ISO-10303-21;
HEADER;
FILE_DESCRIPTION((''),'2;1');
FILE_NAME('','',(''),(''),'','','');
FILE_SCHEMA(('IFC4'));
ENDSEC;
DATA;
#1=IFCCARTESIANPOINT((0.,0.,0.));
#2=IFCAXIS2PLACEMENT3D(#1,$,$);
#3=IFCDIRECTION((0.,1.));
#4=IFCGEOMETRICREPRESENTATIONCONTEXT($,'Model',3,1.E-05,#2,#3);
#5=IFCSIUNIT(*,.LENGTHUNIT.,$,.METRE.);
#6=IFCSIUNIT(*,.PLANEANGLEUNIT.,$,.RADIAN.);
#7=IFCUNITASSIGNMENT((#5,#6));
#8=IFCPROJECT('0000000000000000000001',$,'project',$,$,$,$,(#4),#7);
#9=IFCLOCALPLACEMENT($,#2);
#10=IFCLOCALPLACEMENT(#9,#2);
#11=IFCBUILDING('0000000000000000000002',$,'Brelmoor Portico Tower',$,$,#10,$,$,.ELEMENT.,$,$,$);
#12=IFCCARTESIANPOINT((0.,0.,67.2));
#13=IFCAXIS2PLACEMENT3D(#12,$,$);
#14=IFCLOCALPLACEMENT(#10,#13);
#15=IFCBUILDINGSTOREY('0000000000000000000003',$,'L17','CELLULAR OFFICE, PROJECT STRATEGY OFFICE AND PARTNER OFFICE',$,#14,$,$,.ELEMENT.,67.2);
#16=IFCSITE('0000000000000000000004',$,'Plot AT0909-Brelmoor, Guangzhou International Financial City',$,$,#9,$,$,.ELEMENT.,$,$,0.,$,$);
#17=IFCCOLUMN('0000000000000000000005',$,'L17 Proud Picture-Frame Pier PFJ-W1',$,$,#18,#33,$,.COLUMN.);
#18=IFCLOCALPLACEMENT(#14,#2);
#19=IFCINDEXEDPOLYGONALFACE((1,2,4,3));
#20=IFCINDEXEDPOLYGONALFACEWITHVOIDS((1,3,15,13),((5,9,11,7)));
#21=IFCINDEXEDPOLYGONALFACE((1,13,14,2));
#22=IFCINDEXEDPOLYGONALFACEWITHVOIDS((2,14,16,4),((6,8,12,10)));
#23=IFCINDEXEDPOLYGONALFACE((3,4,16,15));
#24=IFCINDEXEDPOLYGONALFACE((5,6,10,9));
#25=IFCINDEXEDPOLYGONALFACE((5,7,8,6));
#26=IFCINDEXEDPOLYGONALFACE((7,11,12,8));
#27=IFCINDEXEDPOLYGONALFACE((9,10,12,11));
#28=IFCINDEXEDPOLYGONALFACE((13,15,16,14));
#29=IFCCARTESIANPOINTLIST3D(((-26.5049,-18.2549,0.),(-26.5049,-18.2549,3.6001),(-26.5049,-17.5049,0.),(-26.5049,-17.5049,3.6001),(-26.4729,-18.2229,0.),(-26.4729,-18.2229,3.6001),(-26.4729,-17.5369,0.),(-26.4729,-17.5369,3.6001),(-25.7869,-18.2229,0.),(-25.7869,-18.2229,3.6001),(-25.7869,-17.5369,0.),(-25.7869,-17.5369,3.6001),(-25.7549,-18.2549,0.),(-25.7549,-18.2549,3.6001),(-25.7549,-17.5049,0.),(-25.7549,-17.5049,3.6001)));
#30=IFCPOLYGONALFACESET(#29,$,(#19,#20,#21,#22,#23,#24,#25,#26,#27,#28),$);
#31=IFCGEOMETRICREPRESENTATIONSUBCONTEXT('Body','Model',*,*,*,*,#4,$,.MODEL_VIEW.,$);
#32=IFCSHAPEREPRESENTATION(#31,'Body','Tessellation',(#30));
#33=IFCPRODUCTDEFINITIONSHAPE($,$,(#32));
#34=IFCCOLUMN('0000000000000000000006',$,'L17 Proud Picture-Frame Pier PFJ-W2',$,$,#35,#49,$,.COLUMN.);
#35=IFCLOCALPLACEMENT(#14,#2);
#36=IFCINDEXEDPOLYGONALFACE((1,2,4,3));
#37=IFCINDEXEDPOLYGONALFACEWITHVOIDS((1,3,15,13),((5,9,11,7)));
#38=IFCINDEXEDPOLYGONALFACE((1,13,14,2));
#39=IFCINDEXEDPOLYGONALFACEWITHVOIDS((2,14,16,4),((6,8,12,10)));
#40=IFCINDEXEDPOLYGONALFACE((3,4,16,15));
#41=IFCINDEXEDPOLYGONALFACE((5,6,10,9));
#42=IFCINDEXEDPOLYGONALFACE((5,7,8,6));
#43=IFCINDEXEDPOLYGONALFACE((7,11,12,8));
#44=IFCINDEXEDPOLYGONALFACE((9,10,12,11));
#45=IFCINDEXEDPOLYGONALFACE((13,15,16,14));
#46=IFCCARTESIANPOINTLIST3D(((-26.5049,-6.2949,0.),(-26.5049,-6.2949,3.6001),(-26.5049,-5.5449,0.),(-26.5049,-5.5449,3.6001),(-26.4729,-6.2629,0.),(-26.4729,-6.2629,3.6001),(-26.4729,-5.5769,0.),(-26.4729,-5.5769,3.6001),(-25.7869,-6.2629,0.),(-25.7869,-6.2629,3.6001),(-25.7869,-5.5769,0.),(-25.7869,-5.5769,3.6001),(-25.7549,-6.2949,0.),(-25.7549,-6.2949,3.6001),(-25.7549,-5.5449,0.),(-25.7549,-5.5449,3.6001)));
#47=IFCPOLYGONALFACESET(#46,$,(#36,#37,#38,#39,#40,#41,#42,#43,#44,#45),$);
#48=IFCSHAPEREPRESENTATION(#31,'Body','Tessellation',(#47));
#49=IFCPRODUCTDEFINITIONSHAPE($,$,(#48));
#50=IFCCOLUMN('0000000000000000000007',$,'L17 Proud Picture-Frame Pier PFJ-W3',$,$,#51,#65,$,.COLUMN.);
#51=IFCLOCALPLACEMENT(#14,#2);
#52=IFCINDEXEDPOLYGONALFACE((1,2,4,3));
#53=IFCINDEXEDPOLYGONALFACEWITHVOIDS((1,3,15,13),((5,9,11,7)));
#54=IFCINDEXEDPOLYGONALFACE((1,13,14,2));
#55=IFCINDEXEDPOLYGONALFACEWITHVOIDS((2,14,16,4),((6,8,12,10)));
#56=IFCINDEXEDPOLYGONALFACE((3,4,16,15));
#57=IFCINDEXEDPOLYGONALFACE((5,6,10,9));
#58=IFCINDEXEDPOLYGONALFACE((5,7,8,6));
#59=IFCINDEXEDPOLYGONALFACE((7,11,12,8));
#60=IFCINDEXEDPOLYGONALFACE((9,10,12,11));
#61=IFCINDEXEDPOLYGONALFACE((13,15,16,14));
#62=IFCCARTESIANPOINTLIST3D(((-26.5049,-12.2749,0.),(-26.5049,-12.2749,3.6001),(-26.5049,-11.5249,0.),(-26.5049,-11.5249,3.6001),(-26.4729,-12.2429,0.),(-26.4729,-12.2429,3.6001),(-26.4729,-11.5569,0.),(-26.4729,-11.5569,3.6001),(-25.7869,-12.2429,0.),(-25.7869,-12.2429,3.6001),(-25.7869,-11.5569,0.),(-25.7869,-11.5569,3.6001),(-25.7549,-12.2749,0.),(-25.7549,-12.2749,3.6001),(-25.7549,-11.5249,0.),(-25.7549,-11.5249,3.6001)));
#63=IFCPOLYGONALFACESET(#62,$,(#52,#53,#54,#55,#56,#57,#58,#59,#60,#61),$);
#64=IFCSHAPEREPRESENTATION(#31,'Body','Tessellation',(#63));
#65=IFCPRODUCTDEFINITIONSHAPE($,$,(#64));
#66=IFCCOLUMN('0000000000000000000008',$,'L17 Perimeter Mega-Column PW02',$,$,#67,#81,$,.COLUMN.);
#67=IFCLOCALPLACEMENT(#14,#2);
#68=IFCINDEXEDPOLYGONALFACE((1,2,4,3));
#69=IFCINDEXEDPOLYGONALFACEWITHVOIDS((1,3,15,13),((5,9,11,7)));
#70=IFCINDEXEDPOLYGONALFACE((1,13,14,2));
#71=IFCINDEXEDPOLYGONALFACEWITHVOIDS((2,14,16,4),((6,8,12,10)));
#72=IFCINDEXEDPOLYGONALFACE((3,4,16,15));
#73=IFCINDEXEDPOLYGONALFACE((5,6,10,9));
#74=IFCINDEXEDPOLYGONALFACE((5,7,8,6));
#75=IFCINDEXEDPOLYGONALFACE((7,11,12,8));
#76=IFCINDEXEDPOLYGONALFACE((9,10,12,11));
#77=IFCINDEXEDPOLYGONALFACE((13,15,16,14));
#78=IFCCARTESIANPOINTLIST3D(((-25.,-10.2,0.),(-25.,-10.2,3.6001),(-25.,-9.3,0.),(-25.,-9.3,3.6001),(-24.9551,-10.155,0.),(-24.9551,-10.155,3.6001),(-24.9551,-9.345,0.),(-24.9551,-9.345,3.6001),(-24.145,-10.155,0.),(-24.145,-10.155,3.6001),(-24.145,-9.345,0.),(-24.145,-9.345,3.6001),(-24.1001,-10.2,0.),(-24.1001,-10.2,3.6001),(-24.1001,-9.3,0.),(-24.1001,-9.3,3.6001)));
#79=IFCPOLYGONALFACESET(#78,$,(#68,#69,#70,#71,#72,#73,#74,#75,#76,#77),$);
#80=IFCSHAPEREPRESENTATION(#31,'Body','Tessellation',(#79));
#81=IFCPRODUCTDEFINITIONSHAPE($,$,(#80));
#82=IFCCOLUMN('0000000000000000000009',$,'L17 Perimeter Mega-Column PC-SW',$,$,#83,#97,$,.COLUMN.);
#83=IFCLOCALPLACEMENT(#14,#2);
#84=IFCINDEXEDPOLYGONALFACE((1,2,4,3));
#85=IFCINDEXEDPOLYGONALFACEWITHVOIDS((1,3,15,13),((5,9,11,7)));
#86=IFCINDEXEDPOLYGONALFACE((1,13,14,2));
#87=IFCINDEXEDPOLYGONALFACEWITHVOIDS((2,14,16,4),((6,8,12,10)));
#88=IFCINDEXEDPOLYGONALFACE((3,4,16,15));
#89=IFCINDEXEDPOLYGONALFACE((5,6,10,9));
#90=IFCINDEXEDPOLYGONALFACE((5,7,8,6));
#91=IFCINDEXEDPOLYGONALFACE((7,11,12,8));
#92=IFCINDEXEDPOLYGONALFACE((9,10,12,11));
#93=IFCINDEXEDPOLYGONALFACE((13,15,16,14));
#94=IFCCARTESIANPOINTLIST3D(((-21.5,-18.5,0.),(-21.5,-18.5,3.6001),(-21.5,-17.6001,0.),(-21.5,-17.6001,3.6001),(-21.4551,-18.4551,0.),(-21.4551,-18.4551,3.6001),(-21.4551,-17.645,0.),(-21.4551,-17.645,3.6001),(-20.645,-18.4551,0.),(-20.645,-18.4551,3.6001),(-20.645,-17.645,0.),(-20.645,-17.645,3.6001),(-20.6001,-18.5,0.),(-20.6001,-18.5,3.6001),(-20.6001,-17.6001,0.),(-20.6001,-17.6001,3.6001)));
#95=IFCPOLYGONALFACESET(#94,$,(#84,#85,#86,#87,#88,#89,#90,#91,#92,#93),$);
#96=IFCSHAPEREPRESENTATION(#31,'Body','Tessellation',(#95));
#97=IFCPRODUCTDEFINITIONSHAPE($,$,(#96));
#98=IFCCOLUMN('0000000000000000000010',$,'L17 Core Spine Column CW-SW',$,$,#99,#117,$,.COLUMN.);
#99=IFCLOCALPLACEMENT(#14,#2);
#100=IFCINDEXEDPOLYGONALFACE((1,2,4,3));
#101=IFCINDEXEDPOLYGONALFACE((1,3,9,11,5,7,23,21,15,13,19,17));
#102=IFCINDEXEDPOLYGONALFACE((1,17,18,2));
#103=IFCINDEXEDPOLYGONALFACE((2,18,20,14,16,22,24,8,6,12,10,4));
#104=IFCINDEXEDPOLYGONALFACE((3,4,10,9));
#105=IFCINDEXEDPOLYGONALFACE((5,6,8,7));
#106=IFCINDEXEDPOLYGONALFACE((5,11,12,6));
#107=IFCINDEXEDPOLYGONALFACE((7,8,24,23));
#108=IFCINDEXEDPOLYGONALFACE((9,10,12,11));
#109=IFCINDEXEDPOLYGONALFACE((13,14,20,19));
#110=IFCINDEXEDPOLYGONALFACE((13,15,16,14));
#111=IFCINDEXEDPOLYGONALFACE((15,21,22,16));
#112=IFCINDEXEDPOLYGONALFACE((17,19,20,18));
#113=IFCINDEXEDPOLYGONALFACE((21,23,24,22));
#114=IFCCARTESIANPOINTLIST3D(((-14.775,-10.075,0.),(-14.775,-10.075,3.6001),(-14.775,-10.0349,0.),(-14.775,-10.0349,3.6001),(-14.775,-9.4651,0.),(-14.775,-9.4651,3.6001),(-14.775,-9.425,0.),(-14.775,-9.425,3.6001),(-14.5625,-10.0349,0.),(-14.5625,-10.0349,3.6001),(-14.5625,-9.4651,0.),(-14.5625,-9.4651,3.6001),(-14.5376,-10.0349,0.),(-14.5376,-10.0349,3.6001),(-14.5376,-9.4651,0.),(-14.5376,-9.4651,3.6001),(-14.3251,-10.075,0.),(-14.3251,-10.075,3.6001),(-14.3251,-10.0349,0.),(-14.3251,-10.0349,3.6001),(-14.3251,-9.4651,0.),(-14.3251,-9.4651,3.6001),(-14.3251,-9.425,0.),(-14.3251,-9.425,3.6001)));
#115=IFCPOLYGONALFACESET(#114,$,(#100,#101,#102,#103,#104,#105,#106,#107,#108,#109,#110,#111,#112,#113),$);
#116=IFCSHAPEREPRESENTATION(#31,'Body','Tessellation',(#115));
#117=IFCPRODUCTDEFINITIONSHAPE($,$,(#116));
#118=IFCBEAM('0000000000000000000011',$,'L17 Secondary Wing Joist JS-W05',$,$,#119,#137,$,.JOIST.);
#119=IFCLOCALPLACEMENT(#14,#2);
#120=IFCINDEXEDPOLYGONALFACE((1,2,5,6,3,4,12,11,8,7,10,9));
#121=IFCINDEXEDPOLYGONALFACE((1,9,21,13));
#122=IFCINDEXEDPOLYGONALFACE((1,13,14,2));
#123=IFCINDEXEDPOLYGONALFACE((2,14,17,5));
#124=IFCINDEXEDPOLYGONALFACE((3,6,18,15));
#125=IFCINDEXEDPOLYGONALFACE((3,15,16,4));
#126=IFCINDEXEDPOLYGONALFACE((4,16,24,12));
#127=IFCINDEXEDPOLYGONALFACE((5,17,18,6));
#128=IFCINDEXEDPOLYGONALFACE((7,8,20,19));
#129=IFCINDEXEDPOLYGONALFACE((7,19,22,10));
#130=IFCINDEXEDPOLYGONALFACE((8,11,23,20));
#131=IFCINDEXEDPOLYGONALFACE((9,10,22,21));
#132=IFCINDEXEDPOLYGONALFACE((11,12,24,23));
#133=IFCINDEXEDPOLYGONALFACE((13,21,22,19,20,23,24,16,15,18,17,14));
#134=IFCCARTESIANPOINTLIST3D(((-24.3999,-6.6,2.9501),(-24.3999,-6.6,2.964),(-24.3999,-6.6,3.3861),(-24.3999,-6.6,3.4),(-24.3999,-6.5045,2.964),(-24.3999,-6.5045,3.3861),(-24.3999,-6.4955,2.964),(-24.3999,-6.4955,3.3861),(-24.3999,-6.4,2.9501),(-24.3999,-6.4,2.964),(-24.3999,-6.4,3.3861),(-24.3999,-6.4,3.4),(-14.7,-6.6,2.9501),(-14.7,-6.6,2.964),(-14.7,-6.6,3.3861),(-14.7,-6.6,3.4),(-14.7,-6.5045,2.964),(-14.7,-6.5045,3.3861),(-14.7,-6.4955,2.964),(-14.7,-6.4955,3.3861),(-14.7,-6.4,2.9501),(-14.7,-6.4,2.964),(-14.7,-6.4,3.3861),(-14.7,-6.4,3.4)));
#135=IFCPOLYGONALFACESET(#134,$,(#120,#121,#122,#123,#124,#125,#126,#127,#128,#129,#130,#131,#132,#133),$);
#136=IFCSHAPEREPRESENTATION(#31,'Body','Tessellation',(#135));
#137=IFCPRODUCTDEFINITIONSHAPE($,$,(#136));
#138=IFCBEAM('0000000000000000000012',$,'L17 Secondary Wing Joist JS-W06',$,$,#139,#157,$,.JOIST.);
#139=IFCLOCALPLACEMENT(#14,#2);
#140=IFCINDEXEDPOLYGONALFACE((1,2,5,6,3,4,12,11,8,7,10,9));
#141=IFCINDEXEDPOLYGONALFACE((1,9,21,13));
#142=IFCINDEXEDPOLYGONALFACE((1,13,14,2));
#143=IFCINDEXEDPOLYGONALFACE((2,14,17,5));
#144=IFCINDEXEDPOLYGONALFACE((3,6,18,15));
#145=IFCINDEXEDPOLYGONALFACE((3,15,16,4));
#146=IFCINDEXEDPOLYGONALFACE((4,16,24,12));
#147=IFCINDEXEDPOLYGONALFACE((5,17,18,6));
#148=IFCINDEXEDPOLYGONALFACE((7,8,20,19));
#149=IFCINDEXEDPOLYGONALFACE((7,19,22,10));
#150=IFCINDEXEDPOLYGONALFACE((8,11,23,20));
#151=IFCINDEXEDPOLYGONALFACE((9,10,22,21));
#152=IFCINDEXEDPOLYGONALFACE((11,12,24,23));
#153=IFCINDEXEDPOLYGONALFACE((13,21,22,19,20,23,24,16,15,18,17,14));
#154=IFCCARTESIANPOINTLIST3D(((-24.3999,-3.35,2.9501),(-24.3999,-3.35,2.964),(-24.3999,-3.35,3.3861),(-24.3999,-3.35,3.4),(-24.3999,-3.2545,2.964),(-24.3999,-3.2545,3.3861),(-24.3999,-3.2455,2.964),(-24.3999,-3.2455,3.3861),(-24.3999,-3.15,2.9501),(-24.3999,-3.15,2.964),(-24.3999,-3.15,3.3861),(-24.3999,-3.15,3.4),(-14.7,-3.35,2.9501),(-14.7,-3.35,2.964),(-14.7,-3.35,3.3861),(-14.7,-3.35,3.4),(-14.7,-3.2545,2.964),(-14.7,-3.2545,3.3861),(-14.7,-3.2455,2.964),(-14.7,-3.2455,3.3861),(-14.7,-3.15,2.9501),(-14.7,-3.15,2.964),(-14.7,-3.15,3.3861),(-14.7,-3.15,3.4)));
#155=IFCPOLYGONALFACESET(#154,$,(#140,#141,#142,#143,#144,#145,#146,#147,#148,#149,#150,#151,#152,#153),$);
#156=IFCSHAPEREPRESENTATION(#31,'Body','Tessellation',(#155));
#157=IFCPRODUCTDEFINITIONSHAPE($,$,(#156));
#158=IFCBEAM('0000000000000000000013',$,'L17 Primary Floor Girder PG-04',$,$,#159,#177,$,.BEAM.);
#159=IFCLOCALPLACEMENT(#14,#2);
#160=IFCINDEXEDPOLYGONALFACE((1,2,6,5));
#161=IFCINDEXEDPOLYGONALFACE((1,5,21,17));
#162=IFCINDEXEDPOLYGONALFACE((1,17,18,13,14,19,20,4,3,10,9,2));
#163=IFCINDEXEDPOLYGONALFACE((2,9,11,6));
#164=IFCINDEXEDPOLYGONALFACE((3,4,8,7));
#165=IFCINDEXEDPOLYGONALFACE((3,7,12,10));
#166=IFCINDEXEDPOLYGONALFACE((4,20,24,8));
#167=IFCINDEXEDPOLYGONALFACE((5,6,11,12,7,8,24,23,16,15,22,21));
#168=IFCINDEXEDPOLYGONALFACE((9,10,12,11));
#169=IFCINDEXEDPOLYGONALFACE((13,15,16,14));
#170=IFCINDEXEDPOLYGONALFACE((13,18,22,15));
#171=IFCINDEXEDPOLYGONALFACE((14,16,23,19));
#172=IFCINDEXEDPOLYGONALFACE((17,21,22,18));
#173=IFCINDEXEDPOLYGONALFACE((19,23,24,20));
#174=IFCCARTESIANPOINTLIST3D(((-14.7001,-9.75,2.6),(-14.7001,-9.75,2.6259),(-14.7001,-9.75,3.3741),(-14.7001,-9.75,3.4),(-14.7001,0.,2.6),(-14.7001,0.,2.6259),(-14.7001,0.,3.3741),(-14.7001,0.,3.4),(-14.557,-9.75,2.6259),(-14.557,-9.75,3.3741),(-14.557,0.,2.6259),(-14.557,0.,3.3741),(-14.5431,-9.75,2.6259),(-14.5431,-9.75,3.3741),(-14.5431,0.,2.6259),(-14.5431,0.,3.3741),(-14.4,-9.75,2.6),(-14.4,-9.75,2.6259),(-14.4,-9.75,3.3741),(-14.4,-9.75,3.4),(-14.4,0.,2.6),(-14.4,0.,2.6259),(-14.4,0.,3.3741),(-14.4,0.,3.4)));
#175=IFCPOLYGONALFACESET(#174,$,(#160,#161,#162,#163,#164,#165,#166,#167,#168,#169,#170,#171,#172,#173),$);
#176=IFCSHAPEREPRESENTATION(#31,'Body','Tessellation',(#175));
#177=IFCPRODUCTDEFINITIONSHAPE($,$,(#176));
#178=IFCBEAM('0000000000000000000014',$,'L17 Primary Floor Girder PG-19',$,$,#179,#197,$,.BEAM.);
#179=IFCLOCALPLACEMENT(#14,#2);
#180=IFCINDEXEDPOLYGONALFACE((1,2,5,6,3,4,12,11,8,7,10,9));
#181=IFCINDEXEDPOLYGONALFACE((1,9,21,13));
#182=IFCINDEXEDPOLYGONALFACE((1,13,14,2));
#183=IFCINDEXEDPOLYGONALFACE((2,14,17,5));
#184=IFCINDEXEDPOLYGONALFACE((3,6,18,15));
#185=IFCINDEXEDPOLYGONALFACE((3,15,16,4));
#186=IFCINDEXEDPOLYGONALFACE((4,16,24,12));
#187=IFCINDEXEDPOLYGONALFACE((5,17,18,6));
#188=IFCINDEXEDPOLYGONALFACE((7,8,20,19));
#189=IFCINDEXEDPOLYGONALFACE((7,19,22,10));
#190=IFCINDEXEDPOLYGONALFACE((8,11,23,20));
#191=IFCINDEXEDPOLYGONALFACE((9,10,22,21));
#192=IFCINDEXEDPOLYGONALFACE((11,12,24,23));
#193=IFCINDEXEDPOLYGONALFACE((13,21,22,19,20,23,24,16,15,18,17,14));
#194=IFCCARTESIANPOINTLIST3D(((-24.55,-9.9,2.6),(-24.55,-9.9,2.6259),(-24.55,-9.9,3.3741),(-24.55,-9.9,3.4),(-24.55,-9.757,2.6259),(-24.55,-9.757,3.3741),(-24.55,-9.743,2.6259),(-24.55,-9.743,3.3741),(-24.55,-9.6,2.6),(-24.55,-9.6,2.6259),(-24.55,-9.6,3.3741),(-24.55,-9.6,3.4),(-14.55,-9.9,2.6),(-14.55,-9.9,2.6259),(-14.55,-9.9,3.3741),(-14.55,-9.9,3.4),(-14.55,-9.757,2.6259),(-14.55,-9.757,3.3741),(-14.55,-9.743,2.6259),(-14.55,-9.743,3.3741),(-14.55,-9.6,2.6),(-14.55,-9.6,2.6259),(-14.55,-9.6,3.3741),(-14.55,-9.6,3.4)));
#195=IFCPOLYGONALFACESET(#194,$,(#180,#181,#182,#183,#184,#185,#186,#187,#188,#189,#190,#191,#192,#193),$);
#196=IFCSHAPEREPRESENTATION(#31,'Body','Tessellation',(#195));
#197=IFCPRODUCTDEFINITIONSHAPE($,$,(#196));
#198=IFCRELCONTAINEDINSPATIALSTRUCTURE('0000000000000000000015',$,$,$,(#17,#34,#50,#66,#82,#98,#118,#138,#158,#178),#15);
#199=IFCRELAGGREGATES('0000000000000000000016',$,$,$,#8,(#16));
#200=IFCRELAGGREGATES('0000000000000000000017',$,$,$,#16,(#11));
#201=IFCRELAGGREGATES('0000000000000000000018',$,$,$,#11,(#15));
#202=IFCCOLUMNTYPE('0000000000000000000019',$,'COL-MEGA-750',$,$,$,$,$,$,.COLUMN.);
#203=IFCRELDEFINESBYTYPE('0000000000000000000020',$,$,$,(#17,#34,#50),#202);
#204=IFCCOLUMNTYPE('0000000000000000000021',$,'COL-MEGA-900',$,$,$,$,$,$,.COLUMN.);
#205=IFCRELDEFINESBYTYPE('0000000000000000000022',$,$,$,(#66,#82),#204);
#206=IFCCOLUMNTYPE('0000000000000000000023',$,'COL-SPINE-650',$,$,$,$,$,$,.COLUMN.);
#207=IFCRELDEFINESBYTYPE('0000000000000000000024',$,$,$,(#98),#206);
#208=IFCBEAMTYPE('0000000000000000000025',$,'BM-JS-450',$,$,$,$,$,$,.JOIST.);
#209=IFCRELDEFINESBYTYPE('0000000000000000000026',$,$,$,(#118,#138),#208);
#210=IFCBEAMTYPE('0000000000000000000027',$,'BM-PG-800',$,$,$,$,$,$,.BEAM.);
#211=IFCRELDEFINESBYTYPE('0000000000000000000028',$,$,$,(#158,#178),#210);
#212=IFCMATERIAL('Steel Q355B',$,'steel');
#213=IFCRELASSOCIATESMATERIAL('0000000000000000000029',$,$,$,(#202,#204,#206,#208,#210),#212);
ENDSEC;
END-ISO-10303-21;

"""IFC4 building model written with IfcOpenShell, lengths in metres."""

from ifc_helpers import new_model, si_unit, direction, frame, origin, origin_2d, place, context, subcontext, project, spatial, hollow_rectangle, i_section, extrude, material, material_profile, profile_set, type_object, element, save


model = new_model("IFC4")

# Units and contexts
model_context = context("Model", 3, precision=1e-05, world=origin(), true_north=direction((0.0, 1.0)))
body_context = subcontext(model_context, "Body", "Model", "MODEL_VIEW")
ifc_project = project(units=[si_unit("LENGTHUNIT", "METRE"), si_unit("PLANEANGLEUNIT", "RADIAN")], contexts=[model_context])

# Site, building, storey
site_placement = place(None, origin())
site = spatial("IfcSite", under=ifc_project, at=site_placement, Name="Plot AT0909-Brelmoor, Guangzhou International Financial City", CompositionType="ELEMENT", RefElevation=0.0)
building_placement = place(site_placement, origin())
building = spatial("IfcBuilding", under=site, at=building_placement, Name="Brelmoor Portico Tower", CompositionType="ELEMENT")
storey_placement = place(building_placement, frame((0.0, 0.0, 67.2)))
storey = spatial("IfcBuildingStorey", under=building, at=storey_placement, Name="L17", Description="CELLULAR OFFICE, PROJECT STRATEGY OFFICE AND PARTNER OFFICE", CompositionType="ELEMENT", Elevation=67.2)

# Columns
ifc_material_1 = material(Name="Steel Q355B", Category="steel")
ifc_material_profile_1 = material_profile(ifc_material_1, hollow_rectangle(XDim=0.75, YDim=0.75, WallThickness=0.032, at=origin_2d()), Name="BOX 750x750x32")
ifc_profile_set_1 = profile_set([ifc_material_profile_1], Name="Steel Q355B")
column_type_1 = type_object("IfcColumnType", Name="COL-MEGA-750", PredefinedType="COLUMN", material=ifc_profile_set_1)
for number, where, z_axis, x_axis, name in (
    (1, (-26.1299, -17.8799, 0.0), (0.0, 0.0, 1.0), (0.0, 1.0, 0.0), "L17 Proud Picture-Frame Pier PFJ-W1"),
    (2, (-26.1299, -5.9199, 0.0), (0.0, 0.0, 1.0), (0.0, 1.0, 0.0), "L17 Proud Picture-Frame Pier PFJ-W2"),
    (3, (-26.1299, -11.8999, 0.0), (0.0, 0.0, 1.0), (0.0, 1.0, 0.0), "L17 Proud Picture-Frame Pier PFJ-W3"),
):
    element("IfcColumn", number, at=place(storey_placement, frame(where, z_axis=z_axis, x_axis=x_axis)), inside=storey, type_object=column_type_1, Name=name, PredefinedType="COLUMN", context=body_context, shape_type="SweptSolid", body=[
        extrude(hollow_rectangle(XDim=0.75, YDim=0.75, WallThickness=0.032, at=origin_2d()), origin(), (0.0, 0.0, 1.0), 3.6001),
    ])
ifc_material_profile_2 = material_profile(ifc_material_1, hollow_rectangle(XDim=0.8999, YDim=0.8999, WallThickness=0.0449, at=origin_2d()), Name="BOX 900x900x45")
ifc_profile_set_2 = profile_set([ifc_material_profile_2], Name="Steel Q355B")
column_type_2 = type_object("IfcColumnType", Name="COL-MEGA-900", PredefinedType="COLUMN", material=ifc_profile_set_2)
for number, where, z_axis, x_axis, name in (
    (4, (-24.55, -9.75, 0.0), (0.0, 0.0, 1.0), (0.0, 1.0, 0.0), "L17 Perimeter Mega-Column PW02"),
    (5, (-21.05, -18.05, 0.0), (0.0, 0.0, 1.0), (1.0, 0.0, 0.0), "L17 Perimeter Mega-Column PC-SW"),
):
    element("IfcColumn", number, at=place(storey_placement, frame(where, z_axis=z_axis, x_axis=x_axis)), inside=storey, type_object=column_type_2, Name=name, PredefinedType="COLUMN", context=body_context, shape_type="SweptSolid", body=[
        extrude(hollow_rectangle(XDim=0.8999, YDim=0.8999, WallThickness=0.0449, at=origin_2d()), origin(), (0.0, 0.0, 1.0), 3.6001),
    ])
ifc_material_profile_3 = material_profile(ifc_material_1, i_section(OverallWidth=0.45, OverallDepth=0.6499, WebThickness=0.0249, FlangeThickness=0.04, at=origin_2d()), Name="HW 650x450x25x40")
ifc_profile_set_3 = profile_set([ifc_material_profile_3], Name="Steel Q355B")
column_type_3 = type_object("IfcColumnType", Name="COL-SPINE-650", PredefinedType="COLUMN", material=ifc_profile_set_3)
column_placement = place(storey_placement, frame((-14.55, -9.75, 0.0), z_axis=(0.0, 0.0, 1.0), x_axis=(1.0, 0.0, 0.0)))
element("IfcColumn", 6, at=column_placement, inside=storey, type_object=column_type_3, Name="L17 Core Spine Column CW-SW", PredefinedType="COLUMN", context=body_context, shape_type="SweptSolid", body=[
    extrude(i_section(OverallWidth=0.45, OverallDepth=0.6499, WebThickness=0.0249, FlangeThickness=0.04, at=origin_2d()), origin(), (0.0, 0.0, 1.0), 3.6001),
])

# Beams
ifc_material_profile_4 = material_profile(ifc_material_1, i_section(OverallWidth=0.2, OverallDepth=0.45, WebThickness=0.009, FlangeThickness=0.0139, at=origin_2d()), Name="HN 450x200x9x14")
ifc_profile_set_4 = profile_set([ifc_material_profile_4], Name="Steel Q355B")
beam_type_1 = type_object("IfcBeamType", Name="BM-JS-450", PredefinedType="JOIST", material=ifc_profile_set_4)
for number, where, z_axis, x_axis, name in (
    (7, (-24.3999, -6.5, 3.175), (1.0, 0.0, 0.0), (0.0, 1.0, 0.0), "L17 Secondary Wing Joist JS-W05"),
    (8, (-24.3999, -3.25, 3.175), (1.0, 0.0, 0.0), (0.0, 1.0, 0.0), "L17 Secondary Wing Joist JS-W06"),
):
    element("IfcBeam", number, at=place(storey_placement, frame(where, z_axis=z_axis, x_axis=x_axis)), inside=storey, type_object=beam_type_1, Name=name, PredefinedType="JOIST", context=body_context, shape_type="SweptSolid", body=[
        extrude(i_section(OverallWidth=0.2, OverallDepth=0.45, WebThickness=0.009, FlangeThickness=0.0139, at=origin_2d()), origin(), (0.0, 0.0, 1.0), 9.7),
    ])
ifc_material_profile_5 = material_profile(ifc_material_1, i_section(OverallWidth=0.3, OverallDepth=0.8, WebThickness=0.0139, FlangeThickness=0.0259, at=origin_2d()), Name="HN 800x300x14x26")
ifc_profile_set_5 = profile_set([ifc_material_profile_5], Name="Steel Q355B")
beam_type_2 = type_object("IfcBeamType", Name="BM-PG-800", PredefinedType="BEAM", material=ifc_profile_set_5)
beam_1_placement = place(storey_placement, frame((-14.55, -9.75, 3.0), z_axis=(0.0, 1.0, 0.0), x_axis=(-1.0, 0.0, 0.0)))
element("IfcBeam", 9, at=beam_1_placement, inside=storey, type_object=beam_type_2, Name="L17 Primary Floor Girder PG-04", PredefinedType="BEAM", context=body_context, shape_type="SweptSolid", body=[
    extrude(i_section(OverallWidth=0.3, OverallDepth=0.8, WebThickness=0.0139, FlangeThickness=0.0259, at=origin_2d()), origin(), (0.0, 0.0, 1.0), 9.75),
])
beam_2_placement = place(storey_placement, frame((-24.55, -9.75, 3.0), z_axis=(1.0, 0.0, 0.0), x_axis=(0.0, 1.0, 0.0)))
element("IfcBeam", 10, at=beam_2_placement, inside=storey, type_object=beam_type_2, Name="L17 Primary Floor Girder PG-19", PredefinedType="BEAM", context=body_context, shape_type="SweptSolid", body=[
    extrude(i_section(OverallWidth=0.3, OverallDepth=0.8, WebThickness=0.0139, FlangeThickness=0.0259, at=origin_2d()), origin(), (0.0, 0.0, 1.0), 10.0),
])

save(model, "model.ifc")
